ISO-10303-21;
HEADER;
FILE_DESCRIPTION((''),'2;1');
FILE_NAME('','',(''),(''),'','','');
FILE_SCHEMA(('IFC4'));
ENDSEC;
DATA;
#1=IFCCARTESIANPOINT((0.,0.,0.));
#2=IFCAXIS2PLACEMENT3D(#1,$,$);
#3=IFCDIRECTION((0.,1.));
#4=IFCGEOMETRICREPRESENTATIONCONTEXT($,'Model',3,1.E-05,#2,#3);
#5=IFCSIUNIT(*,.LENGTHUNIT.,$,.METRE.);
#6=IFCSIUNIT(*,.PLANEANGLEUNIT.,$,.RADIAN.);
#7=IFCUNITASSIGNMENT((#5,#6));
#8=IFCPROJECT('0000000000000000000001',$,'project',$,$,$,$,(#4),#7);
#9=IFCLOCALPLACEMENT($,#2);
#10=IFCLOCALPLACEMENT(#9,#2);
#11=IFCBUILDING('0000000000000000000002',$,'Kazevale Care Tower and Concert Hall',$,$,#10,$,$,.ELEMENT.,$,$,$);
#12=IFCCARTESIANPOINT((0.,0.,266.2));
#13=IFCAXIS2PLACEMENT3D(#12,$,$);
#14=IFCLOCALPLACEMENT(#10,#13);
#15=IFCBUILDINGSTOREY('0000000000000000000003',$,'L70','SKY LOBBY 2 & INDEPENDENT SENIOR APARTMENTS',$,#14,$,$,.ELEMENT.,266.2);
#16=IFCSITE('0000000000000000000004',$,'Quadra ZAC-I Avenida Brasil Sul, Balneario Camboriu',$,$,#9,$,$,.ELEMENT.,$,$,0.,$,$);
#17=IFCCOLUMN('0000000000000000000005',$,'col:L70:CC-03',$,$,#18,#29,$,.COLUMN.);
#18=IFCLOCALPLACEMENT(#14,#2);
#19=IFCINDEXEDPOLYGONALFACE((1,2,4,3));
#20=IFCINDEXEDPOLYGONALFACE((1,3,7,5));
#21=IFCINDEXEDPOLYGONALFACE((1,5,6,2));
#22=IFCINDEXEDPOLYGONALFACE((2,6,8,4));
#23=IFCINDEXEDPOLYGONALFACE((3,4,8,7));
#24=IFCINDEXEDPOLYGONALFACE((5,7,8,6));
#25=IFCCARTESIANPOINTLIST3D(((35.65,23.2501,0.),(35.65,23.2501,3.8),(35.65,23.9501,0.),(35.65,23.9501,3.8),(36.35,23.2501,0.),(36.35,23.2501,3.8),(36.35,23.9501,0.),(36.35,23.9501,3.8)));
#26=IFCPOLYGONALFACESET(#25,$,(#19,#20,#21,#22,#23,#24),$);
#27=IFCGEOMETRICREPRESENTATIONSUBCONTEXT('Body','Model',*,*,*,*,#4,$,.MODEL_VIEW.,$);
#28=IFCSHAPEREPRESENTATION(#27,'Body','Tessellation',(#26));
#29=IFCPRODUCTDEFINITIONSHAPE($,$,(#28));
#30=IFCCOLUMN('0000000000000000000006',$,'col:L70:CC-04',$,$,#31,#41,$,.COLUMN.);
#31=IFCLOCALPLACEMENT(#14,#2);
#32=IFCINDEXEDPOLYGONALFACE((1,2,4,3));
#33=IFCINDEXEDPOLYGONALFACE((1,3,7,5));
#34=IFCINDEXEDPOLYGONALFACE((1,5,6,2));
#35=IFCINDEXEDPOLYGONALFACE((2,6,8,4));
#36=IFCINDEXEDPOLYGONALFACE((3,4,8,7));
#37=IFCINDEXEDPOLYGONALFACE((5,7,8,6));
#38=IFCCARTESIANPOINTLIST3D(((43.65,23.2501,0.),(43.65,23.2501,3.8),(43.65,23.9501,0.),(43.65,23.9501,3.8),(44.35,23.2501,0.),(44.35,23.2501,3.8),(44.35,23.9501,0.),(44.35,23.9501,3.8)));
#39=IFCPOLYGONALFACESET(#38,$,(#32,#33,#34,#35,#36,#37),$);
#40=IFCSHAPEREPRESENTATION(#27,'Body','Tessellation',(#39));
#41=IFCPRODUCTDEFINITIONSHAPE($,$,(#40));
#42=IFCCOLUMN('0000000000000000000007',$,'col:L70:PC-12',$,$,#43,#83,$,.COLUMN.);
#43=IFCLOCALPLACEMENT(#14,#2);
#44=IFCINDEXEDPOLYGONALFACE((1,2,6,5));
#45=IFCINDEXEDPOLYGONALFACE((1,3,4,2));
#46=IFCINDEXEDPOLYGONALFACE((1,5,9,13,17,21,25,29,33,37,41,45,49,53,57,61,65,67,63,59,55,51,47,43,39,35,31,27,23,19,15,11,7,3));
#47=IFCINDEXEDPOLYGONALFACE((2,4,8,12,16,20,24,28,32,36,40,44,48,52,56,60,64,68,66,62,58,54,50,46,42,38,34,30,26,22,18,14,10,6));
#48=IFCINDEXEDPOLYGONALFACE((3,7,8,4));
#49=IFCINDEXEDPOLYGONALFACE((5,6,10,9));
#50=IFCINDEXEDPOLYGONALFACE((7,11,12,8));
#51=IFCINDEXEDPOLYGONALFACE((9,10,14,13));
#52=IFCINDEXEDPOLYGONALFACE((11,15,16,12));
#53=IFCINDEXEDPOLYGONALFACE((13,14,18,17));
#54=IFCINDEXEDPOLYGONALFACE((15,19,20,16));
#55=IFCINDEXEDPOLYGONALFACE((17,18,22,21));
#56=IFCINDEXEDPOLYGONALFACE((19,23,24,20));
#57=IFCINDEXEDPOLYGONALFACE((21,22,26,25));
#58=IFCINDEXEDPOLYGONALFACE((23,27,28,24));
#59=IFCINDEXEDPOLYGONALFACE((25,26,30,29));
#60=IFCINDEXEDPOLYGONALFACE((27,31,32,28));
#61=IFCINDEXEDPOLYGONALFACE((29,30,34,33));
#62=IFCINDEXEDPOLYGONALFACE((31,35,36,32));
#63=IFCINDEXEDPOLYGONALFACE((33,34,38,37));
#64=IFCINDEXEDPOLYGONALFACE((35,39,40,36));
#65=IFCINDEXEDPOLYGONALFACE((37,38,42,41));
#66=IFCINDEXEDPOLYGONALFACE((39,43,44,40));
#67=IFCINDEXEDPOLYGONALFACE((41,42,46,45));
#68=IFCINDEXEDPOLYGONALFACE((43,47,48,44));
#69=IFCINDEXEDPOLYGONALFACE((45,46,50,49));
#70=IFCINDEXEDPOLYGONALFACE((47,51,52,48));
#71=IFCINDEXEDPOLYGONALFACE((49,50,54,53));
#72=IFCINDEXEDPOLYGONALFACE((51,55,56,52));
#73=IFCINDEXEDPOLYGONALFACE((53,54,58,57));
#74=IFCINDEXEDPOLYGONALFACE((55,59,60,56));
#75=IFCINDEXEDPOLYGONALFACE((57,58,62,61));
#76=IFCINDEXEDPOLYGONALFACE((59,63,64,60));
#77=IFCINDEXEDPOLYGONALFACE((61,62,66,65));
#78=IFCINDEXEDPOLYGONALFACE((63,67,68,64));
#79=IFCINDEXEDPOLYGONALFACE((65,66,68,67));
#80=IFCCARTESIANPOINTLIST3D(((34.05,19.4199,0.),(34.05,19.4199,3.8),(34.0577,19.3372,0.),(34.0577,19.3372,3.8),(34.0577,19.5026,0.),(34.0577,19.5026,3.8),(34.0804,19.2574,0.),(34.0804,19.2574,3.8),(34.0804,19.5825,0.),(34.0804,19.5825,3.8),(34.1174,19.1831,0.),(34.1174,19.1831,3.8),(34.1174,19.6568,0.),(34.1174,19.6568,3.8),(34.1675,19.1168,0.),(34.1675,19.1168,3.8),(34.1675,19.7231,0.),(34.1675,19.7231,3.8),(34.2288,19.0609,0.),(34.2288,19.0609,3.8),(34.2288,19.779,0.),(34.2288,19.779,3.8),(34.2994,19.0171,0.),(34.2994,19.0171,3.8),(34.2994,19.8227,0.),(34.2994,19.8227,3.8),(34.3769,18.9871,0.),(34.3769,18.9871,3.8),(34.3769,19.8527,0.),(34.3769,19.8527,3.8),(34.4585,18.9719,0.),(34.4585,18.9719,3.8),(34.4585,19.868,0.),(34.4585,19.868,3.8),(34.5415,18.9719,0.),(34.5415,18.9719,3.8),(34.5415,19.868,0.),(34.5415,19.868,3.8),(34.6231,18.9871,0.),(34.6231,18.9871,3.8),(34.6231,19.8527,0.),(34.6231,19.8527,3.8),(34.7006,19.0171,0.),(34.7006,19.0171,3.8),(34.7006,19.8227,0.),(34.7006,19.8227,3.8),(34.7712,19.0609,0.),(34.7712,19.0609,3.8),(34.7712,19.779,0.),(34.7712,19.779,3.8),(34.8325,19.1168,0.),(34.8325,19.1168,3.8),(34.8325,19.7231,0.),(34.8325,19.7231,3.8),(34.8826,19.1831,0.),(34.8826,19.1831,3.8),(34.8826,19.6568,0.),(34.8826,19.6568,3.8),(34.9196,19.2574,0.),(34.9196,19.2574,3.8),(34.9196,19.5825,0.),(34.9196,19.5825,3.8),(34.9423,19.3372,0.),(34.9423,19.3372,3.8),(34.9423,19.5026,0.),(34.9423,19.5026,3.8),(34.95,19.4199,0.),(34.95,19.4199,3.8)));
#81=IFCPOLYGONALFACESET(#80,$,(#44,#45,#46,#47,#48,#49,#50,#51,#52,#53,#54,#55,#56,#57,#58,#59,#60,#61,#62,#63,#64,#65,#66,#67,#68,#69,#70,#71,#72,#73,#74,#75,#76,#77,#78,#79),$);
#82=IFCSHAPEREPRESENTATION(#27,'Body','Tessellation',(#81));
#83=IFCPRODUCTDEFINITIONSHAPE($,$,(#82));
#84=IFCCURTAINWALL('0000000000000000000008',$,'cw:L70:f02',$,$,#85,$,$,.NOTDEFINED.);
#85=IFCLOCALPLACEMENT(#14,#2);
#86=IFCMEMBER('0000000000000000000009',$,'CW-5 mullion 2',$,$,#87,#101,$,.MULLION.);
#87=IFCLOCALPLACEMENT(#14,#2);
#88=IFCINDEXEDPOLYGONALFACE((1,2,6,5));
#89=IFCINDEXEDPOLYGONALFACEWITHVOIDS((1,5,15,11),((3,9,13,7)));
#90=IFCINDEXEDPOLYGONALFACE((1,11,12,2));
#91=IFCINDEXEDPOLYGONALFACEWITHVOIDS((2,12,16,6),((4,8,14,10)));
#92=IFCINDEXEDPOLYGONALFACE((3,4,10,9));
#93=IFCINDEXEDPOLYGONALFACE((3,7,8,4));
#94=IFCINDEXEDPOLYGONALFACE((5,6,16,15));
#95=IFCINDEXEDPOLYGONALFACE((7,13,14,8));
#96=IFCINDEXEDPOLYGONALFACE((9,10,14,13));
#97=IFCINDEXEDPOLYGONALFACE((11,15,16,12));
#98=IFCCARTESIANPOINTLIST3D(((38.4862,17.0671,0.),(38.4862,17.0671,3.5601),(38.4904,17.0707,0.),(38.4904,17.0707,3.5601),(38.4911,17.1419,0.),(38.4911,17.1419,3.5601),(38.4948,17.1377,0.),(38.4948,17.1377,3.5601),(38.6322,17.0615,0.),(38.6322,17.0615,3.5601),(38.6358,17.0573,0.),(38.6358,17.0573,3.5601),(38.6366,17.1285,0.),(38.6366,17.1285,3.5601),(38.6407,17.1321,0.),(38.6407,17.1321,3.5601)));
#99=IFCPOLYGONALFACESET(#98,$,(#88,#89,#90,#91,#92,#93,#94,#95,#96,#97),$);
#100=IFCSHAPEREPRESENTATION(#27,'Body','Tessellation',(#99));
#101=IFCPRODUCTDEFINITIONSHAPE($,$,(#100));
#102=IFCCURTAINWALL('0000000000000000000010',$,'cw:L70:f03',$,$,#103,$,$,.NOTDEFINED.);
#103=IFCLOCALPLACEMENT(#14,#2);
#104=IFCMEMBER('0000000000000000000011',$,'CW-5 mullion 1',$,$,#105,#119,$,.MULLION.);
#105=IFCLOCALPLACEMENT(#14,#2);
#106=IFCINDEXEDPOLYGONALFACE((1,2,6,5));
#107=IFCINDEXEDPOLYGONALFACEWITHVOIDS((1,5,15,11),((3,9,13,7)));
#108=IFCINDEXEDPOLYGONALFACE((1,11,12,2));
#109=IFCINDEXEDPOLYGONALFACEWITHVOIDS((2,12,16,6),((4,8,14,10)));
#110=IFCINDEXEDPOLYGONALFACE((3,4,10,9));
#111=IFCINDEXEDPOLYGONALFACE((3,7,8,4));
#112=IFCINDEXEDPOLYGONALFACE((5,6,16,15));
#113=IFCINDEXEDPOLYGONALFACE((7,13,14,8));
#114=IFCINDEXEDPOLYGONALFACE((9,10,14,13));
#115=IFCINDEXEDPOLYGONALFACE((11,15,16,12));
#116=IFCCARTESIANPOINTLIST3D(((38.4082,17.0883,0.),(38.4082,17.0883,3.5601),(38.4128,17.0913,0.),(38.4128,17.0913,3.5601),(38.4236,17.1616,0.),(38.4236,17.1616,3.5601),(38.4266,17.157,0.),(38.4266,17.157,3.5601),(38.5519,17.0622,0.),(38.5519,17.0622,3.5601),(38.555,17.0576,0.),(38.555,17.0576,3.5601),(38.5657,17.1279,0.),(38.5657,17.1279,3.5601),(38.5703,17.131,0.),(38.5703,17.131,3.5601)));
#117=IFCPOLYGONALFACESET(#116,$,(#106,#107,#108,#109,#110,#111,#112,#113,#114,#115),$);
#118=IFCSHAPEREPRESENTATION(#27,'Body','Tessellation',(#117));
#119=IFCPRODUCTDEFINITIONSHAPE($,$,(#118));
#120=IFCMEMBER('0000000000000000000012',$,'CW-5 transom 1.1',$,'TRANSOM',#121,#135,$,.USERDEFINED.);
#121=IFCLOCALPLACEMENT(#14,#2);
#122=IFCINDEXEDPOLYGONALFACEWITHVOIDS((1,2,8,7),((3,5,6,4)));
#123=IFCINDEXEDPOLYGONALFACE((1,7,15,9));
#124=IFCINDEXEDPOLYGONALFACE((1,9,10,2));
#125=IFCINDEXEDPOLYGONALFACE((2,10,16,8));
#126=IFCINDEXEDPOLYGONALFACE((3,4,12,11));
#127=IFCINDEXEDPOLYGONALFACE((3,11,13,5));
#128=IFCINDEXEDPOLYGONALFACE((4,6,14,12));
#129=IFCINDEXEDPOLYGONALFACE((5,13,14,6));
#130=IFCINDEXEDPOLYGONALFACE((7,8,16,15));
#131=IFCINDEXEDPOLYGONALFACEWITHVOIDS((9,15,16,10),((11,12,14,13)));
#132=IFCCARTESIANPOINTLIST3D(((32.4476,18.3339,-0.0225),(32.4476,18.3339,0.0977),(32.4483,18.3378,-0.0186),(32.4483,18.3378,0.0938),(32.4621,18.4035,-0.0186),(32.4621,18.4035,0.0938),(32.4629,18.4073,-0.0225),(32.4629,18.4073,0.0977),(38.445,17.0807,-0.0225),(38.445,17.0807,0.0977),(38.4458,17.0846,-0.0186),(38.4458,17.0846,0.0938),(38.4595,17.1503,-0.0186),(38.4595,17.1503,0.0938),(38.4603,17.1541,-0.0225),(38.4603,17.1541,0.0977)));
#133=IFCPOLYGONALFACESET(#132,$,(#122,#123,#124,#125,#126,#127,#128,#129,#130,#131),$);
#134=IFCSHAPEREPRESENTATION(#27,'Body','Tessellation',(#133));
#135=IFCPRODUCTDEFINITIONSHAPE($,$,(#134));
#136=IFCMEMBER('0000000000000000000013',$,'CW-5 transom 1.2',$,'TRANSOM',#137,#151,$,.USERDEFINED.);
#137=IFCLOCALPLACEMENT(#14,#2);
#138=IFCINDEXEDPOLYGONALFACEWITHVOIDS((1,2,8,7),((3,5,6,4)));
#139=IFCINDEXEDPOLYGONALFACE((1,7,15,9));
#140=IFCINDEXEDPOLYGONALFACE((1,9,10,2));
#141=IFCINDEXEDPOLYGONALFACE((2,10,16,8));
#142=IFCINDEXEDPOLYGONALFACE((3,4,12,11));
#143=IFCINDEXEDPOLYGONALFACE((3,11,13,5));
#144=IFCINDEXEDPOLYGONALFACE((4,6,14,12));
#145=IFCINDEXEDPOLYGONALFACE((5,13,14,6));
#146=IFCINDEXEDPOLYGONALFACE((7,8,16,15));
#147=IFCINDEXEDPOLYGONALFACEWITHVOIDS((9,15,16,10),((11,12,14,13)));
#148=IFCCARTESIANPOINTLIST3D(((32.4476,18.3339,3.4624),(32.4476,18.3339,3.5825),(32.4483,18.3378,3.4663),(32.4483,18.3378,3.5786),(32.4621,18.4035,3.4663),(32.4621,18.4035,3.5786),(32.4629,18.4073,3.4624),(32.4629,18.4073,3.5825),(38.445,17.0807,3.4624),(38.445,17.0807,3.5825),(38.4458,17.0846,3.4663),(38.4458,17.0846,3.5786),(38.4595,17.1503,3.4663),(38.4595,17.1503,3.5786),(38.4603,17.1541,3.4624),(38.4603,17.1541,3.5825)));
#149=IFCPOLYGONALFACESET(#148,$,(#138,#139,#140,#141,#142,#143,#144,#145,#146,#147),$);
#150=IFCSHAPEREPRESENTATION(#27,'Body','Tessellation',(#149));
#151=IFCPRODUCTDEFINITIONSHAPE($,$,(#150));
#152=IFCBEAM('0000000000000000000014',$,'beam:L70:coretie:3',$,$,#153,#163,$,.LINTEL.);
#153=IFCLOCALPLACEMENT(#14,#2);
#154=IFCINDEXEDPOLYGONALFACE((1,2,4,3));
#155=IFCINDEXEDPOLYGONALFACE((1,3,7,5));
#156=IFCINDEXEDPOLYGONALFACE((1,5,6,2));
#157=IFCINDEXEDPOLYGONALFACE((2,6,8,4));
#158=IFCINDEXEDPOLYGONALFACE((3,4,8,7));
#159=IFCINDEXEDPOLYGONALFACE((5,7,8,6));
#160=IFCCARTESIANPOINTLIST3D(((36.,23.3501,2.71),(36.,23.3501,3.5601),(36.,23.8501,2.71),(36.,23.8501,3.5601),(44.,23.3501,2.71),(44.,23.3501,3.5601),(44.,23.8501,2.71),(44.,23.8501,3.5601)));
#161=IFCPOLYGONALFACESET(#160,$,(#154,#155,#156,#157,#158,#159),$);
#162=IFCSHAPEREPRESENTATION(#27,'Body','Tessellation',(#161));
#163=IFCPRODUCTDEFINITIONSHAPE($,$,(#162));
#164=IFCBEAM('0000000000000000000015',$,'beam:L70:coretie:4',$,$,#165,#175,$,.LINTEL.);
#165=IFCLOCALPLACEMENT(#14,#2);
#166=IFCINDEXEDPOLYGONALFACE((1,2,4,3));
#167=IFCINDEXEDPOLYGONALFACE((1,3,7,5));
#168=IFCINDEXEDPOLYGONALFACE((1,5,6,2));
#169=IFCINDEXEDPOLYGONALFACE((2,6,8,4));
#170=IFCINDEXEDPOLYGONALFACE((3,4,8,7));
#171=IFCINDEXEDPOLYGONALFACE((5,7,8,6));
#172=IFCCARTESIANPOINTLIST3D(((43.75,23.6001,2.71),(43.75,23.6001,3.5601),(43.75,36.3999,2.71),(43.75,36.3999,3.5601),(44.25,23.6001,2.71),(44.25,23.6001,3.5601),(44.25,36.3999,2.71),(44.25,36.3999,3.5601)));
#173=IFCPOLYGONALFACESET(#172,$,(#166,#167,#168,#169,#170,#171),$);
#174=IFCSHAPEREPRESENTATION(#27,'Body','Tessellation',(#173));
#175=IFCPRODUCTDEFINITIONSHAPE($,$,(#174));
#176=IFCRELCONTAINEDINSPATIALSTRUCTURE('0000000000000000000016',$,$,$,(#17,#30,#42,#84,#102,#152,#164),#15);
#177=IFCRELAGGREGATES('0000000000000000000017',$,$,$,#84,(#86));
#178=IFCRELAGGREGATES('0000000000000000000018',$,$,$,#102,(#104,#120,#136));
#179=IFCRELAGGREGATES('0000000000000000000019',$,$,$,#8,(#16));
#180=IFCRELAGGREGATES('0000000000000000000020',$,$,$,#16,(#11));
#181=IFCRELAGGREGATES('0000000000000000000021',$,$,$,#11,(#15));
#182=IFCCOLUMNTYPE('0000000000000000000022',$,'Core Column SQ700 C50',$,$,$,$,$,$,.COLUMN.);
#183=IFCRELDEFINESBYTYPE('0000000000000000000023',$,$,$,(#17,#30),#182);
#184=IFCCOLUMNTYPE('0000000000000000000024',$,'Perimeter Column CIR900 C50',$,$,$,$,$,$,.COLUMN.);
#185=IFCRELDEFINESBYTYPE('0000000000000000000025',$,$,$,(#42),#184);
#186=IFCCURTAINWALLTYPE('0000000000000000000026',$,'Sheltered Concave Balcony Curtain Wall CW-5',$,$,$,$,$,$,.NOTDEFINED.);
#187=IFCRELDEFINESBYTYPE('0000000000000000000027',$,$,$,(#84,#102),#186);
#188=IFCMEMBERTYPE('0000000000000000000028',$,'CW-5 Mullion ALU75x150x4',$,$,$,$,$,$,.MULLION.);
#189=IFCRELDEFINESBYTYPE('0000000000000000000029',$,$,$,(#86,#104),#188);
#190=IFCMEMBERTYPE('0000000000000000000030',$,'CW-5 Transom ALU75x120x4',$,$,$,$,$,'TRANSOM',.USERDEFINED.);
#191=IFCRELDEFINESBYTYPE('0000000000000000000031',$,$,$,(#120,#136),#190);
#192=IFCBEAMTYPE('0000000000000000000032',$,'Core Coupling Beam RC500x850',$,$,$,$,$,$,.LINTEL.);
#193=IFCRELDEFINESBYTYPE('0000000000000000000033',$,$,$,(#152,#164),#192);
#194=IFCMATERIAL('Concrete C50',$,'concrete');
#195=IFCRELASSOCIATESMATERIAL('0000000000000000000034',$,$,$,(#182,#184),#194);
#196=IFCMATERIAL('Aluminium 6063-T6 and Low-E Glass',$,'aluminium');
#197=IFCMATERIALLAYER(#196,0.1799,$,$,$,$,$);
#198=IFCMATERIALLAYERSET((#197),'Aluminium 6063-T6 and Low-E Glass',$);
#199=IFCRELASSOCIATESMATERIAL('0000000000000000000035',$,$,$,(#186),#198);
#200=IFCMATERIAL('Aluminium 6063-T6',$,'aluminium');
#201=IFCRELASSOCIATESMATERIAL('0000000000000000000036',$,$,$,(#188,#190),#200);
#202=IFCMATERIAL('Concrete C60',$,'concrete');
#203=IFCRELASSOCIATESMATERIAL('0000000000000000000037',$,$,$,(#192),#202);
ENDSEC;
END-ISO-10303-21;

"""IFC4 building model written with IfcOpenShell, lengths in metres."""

from ifc_helpers import new_model, si_unit, direction, frame, origin, origin_2d, place, context, subcontext, project, spatial, rectangle, hollow_rectangle, circle, extrude, material, layer, layer_set, material_profile, profile_set, type_object, element, aggregate, save


model = new_model("IFC4")

# Units and contexts
model_context = context("Model", 3, precision=1e-05, world=origin(), true_north=direction((0.0, 1.0)))
body_context = subcontext(model_context, "Body", "Model", "MODEL_VIEW")
ifc_project = project(units=[si_unit("LENGTHUNIT", "METRE"), si_unit("PLANEANGLEUNIT", "RADIAN")], contexts=[model_context])

# Site, building, storey
site_placement = place(None, origin())
site = spatial("IfcSite", under=ifc_project, at=site_placement, Name="Quadra ZAC-I Avenida Brasil Sul, Balneario Camboriu", CompositionType="ELEMENT", RefElevation=0.0)
building_placement = place(site_placement, origin())
building = spatial("IfcBuilding", under=site, at=building_placement, Name="Kazevale Care Tower and Concert Hall", CompositionType="ELEMENT")
storey_placement = place(building_placement, frame((0.0, 0.0, 266.2)))
storey = spatial("IfcBuildingStorey", under=building, at=storey_placement, Name="L70", Description="SKY LOBBY 2 & INDEPENDENT SENIOR APARTMENTS", CompositionType="ELEMENT", Elevation=266.2)

# Columns
ifc_material_1 = material(Name="Concrete C50", Category="concrete")
ifc_material_profile_1 = material_profile(ifc_material_1, rectangle(XDim=0.7, YDim=0.7, at=origin_2d()), Name="RC-SQ700")
ifc_profile_set_1 = profile_set([ifc_material_profile_1], Name="Concrete C50")
column_type_1 = type_object("IfcColumnType", Name="Core Column SQ700 C50", PredefinedType="COLUMN", material=ifc_profile_set_1)
for number, where, z_axis, x_axis, name in (
    (1, (36.0, 23.6001, 0.0), (0.0, 0.0, 1.0), (1.0, 0.0, 0.0), "col:L70:CC-03"),
    (2, (44.0, 23.6001, 0.0), (0.0, 0.0, 1.0), (1.0, 0.0, 0.0), "col:L70:CC-04"),
):
    element("IfcColumn", number, at=place(storey_placement, frame(where, z_axis=z_axis, x_axis=x_axis)), inside=storey, type_object=column_type_1, Name=name, PredefinedType="COLUMN", context=body_context, shape_type="SweptSolid", body=[
        extrude(rectangle(XDim=0.7, YDim=0.7, at=origin_2d()), origin(), (0.0, 0.0, 1.0), 3.8),
    ])
ifc_material_profile_2 = material_profile(ifc_material_1, circle(Radius=0.45, at=origin_2d()), Name="RC-CIR900")
ifc_profile_set_2 = profile_set([ifc_material_profile_2], Name="Concrete C50")
column_type_2 = type_object("IfcColumnType", Name="Perimeter Column CIR900 C50", PredefinedType="COLUMN", material=ifc_profile_set_2)
column_placement = place(storey_placement, frame((34.5, 19.4199, 0.0), z_axis=(0.0, 0.0, 1.0), x_axis=(1.0, 0.0, 0.0)))
element("IfcColumn", 3, at=column_placement, inside=storey, type_object=column_type_2, Name="col:L70:PC-12", PredefinedType="COLUMN", context=body_context, shape_type="SweptSolid", body=[
    extrude(circle(Radius=0.45, at=origin_2d()), origin(), (0.0, 0.0, 1.0), 3.8),
])

# Curtain wall, member
ifc_material_2 = material(Name="Aluminium 6063-T6 and Low-E Glass", Category="aluminium")
ifc_layer_1 = layer(ifc_material_2, 0.1799)
ifc_layer_set_1 = layer_set([ifc_layer_1], Name="Aluminium 6063-T6 and Low-E Glass")
curtain_wall_type = type_object("IfcCurtainWallType", Name="Sheltered Concave Balcony Curtain Wall CW-5", PredefinedType="NOTDEFINED", material=ifc_layer_set_1)
curtain_wall_1_placement = place(storey_placement, origin())
curtain_wall_1 = element("IfcCurtainWall", 4, at=curtain_wall_1_placement, inside=storey, type_object=curtain_wall_type, Name="cw:L70:f02", PredefinedType="NOTDEFINED")
ifc_material_3 = material(Name="Aluminium 6063-T6", Category="aluminium")
ifc_material_profile_3 = material_profile(ifc_material_3, hollow_rectangle(XDim=0.075, YDim=0.1499, WallThickness=0.0039, at=origin_2d()), Name="ALU75x150x4")
ifc_profile_set_3 = profile_set([ifc_material_profile_3], Name="Aluminium 6063-T6")
member_type_1 = type_object("IfcMemberType", Name="CW-5 Mullion ALU75x150x4", PredefinedType="MULLION", material=ifc_profile_set_3)
member_1_placement = place(storey_placement, frame((38.5635, 17.0996, 0.0), z_axis=(0.0, 0.0, 1.0), x_axis=(-0.065046, -0.997882, 0.0)))
member_1 = element("IfcMember", 5, at=member_1_placement, type_object=member_type_1, Name="CW-5 mullion 2", PredefinedType="MULLION", context=body_context, shape_type="SweptSolid", body=[
    extrude(hollow_rectangle(XDim=0.075, YDim=0.1499, WallThickness=0.0039, at=origin_2d()), origin(), (0.0, 0.0, 1.0), 3.5601),
])

# Curtain wall, members
curtain_wall_2_placement = place(storey_placement, origin())
curtain_wall_2 = element("IfcCurtainWall", 6, at=curtain_wall_2_placement, inside=storey, type_object=curtain_wall_type, Name="cw:L70:f03", PredefinedType="NOTDEFINED")
member_2_placement = place(storey_placement, frame((38.4893, 17.1096, 0.0), z_axis=(0.0, 0.0, 1.0), x_axis=(-0.204565, -0.978853, 0.0)))
member_2 = element("IfcMember", 7, at=member_2_placement, type_object=member_type_1, Name="CW-5 mullion 1", PredefinedType="MULLION", context=body_context, shape_type="SweptSolid", body=[
    extrude(hollow_rectangle(XDim=0.075, YDim=0.1499, WallThickness=0.0039, at=origin_2d()), origin(), (0.0, 0.0, 1.0), 3.5601),
])
ifc_material_profile_4 = material_profile(ifc_material_3, hollow_rectangle(XDim=0.075, YDim=0.1201, WallThickness=0.0039, at=origin_2d()), Name="ALU75x120x4")
ifc_profile_set_4 = profile_set([ifc_material_profile_4], Name="Aluminium 6063-T6")
member_type_2 = type_object("IfcMemberType", Name="CW-5 Transom ALU75x120x4", ElementType="TRANSOM", PredefinedType="USERDEFINED", material=ifc_profile_set_4)
member_3_placement = place(storey_placement, frame((38.4526, 17.1174, 0.0376), z_axis=(-0.978859, 0.204538, 0.0), x_axis=(-0.204538, -0.978859, 0.0)))
member_3 = element("IfcMember", 8, at=member_3_placement, type_object=member_type_2, Name="CW-5 transom 1.1", ObjectType="TRANSOM", PredefinedType="USERDEFINED", context=body_context, shape_type="SweptSolid", body=[
    extrude(hollow_rectangle(XDim=0.075, YDim=0.1201, WallThickness=0.0039, at=origin_2d()), origin(), (0.0, 0.0, 1.0), 6.127),
])
member_4_placement = place(storey_placement, frame((38.4526, 17.1174, 3.5225), z_axis=(-0.978859, 0.204538, 0.0), x_axis=(-0.204538, -0.978859, 0.0)))
member_4 = element("IfcMember", 9, at=member_4_placement, type_object=member_type_2, Name="CW-5 transom 1.2", ObjectType="TRANSOM", PredefinedType="USERDEFINED", context=body_context, shape_type="SweptSolid", body=[
    extrude(hollow_rectangle(XDim=0.075, YDim=0.1201, WallThickness=0.0039, at=origin_2d()), origin(), (0.0, 0.0, 1.0), 6.127),
])

# Beams
ifc_material_4 = material(Name="Concrete C60", Category="concrete")
ifc_material_profile_5 = material_profile(ifc_material_4, rectangle(XDim=0.5, YDim=0.8501, at=origin_2d()), Name="RC-B500x850")
ifc_profile_set_5 = profile_set([ifc_material_profile_5], Name="Concrete C60")
beam_type_1 = type_object("IfcBeamType", Name="Core Coupling Beam RC500x850", PredefinedType="LINTEL", material=ifc_profile_set_5)
beam_1_placement = place(storey_placement, frame((36.0, 23.6001, 3.135), z_axis=(1.0, 0.0, 0.0), x_axis=(0.0, 1.0, 0.0)))
element("IfcBeam", 10, at=beam_1_placement, inside=storey, type_object=beam_type_1, Name="beam:L70:coretie:3", PredefinedType="LINTEL", context=body_context, shape_type="SweptSolid", body=[
    extrude(rectangle(XDim=0.5, YDim=0.8501, at=origin_2d()), origin(), (0.0, 0.0, 1.0), 8.0),
])
beam_2_placement = place(storey_placement, frame((44.0, 23.6001, 3.135), z_axis=(0.0, 1.0, 0.0), x_axis=(-1.0, 0.0, 0.0)))
element("IfcBeam", 11, at=beam_2_placement, inside=storey, type_object=beam_type_1, Name="beam:L70:coretie:4", PredefinedType="LINTEL", context=body_context, shape_type="SweptSolid", body=[
    extrude(rectangle(XDim=0.5, YDim=0.8501, at=origin_2d()), origin(), (0.0, 0.0, 1.0), 12.7998),
])

aggregate(curtain_wall_1, [member_1])
aggregate(curtain_wall_2, [member_2, member_3, member_4])

save(model, "model.ifc")
